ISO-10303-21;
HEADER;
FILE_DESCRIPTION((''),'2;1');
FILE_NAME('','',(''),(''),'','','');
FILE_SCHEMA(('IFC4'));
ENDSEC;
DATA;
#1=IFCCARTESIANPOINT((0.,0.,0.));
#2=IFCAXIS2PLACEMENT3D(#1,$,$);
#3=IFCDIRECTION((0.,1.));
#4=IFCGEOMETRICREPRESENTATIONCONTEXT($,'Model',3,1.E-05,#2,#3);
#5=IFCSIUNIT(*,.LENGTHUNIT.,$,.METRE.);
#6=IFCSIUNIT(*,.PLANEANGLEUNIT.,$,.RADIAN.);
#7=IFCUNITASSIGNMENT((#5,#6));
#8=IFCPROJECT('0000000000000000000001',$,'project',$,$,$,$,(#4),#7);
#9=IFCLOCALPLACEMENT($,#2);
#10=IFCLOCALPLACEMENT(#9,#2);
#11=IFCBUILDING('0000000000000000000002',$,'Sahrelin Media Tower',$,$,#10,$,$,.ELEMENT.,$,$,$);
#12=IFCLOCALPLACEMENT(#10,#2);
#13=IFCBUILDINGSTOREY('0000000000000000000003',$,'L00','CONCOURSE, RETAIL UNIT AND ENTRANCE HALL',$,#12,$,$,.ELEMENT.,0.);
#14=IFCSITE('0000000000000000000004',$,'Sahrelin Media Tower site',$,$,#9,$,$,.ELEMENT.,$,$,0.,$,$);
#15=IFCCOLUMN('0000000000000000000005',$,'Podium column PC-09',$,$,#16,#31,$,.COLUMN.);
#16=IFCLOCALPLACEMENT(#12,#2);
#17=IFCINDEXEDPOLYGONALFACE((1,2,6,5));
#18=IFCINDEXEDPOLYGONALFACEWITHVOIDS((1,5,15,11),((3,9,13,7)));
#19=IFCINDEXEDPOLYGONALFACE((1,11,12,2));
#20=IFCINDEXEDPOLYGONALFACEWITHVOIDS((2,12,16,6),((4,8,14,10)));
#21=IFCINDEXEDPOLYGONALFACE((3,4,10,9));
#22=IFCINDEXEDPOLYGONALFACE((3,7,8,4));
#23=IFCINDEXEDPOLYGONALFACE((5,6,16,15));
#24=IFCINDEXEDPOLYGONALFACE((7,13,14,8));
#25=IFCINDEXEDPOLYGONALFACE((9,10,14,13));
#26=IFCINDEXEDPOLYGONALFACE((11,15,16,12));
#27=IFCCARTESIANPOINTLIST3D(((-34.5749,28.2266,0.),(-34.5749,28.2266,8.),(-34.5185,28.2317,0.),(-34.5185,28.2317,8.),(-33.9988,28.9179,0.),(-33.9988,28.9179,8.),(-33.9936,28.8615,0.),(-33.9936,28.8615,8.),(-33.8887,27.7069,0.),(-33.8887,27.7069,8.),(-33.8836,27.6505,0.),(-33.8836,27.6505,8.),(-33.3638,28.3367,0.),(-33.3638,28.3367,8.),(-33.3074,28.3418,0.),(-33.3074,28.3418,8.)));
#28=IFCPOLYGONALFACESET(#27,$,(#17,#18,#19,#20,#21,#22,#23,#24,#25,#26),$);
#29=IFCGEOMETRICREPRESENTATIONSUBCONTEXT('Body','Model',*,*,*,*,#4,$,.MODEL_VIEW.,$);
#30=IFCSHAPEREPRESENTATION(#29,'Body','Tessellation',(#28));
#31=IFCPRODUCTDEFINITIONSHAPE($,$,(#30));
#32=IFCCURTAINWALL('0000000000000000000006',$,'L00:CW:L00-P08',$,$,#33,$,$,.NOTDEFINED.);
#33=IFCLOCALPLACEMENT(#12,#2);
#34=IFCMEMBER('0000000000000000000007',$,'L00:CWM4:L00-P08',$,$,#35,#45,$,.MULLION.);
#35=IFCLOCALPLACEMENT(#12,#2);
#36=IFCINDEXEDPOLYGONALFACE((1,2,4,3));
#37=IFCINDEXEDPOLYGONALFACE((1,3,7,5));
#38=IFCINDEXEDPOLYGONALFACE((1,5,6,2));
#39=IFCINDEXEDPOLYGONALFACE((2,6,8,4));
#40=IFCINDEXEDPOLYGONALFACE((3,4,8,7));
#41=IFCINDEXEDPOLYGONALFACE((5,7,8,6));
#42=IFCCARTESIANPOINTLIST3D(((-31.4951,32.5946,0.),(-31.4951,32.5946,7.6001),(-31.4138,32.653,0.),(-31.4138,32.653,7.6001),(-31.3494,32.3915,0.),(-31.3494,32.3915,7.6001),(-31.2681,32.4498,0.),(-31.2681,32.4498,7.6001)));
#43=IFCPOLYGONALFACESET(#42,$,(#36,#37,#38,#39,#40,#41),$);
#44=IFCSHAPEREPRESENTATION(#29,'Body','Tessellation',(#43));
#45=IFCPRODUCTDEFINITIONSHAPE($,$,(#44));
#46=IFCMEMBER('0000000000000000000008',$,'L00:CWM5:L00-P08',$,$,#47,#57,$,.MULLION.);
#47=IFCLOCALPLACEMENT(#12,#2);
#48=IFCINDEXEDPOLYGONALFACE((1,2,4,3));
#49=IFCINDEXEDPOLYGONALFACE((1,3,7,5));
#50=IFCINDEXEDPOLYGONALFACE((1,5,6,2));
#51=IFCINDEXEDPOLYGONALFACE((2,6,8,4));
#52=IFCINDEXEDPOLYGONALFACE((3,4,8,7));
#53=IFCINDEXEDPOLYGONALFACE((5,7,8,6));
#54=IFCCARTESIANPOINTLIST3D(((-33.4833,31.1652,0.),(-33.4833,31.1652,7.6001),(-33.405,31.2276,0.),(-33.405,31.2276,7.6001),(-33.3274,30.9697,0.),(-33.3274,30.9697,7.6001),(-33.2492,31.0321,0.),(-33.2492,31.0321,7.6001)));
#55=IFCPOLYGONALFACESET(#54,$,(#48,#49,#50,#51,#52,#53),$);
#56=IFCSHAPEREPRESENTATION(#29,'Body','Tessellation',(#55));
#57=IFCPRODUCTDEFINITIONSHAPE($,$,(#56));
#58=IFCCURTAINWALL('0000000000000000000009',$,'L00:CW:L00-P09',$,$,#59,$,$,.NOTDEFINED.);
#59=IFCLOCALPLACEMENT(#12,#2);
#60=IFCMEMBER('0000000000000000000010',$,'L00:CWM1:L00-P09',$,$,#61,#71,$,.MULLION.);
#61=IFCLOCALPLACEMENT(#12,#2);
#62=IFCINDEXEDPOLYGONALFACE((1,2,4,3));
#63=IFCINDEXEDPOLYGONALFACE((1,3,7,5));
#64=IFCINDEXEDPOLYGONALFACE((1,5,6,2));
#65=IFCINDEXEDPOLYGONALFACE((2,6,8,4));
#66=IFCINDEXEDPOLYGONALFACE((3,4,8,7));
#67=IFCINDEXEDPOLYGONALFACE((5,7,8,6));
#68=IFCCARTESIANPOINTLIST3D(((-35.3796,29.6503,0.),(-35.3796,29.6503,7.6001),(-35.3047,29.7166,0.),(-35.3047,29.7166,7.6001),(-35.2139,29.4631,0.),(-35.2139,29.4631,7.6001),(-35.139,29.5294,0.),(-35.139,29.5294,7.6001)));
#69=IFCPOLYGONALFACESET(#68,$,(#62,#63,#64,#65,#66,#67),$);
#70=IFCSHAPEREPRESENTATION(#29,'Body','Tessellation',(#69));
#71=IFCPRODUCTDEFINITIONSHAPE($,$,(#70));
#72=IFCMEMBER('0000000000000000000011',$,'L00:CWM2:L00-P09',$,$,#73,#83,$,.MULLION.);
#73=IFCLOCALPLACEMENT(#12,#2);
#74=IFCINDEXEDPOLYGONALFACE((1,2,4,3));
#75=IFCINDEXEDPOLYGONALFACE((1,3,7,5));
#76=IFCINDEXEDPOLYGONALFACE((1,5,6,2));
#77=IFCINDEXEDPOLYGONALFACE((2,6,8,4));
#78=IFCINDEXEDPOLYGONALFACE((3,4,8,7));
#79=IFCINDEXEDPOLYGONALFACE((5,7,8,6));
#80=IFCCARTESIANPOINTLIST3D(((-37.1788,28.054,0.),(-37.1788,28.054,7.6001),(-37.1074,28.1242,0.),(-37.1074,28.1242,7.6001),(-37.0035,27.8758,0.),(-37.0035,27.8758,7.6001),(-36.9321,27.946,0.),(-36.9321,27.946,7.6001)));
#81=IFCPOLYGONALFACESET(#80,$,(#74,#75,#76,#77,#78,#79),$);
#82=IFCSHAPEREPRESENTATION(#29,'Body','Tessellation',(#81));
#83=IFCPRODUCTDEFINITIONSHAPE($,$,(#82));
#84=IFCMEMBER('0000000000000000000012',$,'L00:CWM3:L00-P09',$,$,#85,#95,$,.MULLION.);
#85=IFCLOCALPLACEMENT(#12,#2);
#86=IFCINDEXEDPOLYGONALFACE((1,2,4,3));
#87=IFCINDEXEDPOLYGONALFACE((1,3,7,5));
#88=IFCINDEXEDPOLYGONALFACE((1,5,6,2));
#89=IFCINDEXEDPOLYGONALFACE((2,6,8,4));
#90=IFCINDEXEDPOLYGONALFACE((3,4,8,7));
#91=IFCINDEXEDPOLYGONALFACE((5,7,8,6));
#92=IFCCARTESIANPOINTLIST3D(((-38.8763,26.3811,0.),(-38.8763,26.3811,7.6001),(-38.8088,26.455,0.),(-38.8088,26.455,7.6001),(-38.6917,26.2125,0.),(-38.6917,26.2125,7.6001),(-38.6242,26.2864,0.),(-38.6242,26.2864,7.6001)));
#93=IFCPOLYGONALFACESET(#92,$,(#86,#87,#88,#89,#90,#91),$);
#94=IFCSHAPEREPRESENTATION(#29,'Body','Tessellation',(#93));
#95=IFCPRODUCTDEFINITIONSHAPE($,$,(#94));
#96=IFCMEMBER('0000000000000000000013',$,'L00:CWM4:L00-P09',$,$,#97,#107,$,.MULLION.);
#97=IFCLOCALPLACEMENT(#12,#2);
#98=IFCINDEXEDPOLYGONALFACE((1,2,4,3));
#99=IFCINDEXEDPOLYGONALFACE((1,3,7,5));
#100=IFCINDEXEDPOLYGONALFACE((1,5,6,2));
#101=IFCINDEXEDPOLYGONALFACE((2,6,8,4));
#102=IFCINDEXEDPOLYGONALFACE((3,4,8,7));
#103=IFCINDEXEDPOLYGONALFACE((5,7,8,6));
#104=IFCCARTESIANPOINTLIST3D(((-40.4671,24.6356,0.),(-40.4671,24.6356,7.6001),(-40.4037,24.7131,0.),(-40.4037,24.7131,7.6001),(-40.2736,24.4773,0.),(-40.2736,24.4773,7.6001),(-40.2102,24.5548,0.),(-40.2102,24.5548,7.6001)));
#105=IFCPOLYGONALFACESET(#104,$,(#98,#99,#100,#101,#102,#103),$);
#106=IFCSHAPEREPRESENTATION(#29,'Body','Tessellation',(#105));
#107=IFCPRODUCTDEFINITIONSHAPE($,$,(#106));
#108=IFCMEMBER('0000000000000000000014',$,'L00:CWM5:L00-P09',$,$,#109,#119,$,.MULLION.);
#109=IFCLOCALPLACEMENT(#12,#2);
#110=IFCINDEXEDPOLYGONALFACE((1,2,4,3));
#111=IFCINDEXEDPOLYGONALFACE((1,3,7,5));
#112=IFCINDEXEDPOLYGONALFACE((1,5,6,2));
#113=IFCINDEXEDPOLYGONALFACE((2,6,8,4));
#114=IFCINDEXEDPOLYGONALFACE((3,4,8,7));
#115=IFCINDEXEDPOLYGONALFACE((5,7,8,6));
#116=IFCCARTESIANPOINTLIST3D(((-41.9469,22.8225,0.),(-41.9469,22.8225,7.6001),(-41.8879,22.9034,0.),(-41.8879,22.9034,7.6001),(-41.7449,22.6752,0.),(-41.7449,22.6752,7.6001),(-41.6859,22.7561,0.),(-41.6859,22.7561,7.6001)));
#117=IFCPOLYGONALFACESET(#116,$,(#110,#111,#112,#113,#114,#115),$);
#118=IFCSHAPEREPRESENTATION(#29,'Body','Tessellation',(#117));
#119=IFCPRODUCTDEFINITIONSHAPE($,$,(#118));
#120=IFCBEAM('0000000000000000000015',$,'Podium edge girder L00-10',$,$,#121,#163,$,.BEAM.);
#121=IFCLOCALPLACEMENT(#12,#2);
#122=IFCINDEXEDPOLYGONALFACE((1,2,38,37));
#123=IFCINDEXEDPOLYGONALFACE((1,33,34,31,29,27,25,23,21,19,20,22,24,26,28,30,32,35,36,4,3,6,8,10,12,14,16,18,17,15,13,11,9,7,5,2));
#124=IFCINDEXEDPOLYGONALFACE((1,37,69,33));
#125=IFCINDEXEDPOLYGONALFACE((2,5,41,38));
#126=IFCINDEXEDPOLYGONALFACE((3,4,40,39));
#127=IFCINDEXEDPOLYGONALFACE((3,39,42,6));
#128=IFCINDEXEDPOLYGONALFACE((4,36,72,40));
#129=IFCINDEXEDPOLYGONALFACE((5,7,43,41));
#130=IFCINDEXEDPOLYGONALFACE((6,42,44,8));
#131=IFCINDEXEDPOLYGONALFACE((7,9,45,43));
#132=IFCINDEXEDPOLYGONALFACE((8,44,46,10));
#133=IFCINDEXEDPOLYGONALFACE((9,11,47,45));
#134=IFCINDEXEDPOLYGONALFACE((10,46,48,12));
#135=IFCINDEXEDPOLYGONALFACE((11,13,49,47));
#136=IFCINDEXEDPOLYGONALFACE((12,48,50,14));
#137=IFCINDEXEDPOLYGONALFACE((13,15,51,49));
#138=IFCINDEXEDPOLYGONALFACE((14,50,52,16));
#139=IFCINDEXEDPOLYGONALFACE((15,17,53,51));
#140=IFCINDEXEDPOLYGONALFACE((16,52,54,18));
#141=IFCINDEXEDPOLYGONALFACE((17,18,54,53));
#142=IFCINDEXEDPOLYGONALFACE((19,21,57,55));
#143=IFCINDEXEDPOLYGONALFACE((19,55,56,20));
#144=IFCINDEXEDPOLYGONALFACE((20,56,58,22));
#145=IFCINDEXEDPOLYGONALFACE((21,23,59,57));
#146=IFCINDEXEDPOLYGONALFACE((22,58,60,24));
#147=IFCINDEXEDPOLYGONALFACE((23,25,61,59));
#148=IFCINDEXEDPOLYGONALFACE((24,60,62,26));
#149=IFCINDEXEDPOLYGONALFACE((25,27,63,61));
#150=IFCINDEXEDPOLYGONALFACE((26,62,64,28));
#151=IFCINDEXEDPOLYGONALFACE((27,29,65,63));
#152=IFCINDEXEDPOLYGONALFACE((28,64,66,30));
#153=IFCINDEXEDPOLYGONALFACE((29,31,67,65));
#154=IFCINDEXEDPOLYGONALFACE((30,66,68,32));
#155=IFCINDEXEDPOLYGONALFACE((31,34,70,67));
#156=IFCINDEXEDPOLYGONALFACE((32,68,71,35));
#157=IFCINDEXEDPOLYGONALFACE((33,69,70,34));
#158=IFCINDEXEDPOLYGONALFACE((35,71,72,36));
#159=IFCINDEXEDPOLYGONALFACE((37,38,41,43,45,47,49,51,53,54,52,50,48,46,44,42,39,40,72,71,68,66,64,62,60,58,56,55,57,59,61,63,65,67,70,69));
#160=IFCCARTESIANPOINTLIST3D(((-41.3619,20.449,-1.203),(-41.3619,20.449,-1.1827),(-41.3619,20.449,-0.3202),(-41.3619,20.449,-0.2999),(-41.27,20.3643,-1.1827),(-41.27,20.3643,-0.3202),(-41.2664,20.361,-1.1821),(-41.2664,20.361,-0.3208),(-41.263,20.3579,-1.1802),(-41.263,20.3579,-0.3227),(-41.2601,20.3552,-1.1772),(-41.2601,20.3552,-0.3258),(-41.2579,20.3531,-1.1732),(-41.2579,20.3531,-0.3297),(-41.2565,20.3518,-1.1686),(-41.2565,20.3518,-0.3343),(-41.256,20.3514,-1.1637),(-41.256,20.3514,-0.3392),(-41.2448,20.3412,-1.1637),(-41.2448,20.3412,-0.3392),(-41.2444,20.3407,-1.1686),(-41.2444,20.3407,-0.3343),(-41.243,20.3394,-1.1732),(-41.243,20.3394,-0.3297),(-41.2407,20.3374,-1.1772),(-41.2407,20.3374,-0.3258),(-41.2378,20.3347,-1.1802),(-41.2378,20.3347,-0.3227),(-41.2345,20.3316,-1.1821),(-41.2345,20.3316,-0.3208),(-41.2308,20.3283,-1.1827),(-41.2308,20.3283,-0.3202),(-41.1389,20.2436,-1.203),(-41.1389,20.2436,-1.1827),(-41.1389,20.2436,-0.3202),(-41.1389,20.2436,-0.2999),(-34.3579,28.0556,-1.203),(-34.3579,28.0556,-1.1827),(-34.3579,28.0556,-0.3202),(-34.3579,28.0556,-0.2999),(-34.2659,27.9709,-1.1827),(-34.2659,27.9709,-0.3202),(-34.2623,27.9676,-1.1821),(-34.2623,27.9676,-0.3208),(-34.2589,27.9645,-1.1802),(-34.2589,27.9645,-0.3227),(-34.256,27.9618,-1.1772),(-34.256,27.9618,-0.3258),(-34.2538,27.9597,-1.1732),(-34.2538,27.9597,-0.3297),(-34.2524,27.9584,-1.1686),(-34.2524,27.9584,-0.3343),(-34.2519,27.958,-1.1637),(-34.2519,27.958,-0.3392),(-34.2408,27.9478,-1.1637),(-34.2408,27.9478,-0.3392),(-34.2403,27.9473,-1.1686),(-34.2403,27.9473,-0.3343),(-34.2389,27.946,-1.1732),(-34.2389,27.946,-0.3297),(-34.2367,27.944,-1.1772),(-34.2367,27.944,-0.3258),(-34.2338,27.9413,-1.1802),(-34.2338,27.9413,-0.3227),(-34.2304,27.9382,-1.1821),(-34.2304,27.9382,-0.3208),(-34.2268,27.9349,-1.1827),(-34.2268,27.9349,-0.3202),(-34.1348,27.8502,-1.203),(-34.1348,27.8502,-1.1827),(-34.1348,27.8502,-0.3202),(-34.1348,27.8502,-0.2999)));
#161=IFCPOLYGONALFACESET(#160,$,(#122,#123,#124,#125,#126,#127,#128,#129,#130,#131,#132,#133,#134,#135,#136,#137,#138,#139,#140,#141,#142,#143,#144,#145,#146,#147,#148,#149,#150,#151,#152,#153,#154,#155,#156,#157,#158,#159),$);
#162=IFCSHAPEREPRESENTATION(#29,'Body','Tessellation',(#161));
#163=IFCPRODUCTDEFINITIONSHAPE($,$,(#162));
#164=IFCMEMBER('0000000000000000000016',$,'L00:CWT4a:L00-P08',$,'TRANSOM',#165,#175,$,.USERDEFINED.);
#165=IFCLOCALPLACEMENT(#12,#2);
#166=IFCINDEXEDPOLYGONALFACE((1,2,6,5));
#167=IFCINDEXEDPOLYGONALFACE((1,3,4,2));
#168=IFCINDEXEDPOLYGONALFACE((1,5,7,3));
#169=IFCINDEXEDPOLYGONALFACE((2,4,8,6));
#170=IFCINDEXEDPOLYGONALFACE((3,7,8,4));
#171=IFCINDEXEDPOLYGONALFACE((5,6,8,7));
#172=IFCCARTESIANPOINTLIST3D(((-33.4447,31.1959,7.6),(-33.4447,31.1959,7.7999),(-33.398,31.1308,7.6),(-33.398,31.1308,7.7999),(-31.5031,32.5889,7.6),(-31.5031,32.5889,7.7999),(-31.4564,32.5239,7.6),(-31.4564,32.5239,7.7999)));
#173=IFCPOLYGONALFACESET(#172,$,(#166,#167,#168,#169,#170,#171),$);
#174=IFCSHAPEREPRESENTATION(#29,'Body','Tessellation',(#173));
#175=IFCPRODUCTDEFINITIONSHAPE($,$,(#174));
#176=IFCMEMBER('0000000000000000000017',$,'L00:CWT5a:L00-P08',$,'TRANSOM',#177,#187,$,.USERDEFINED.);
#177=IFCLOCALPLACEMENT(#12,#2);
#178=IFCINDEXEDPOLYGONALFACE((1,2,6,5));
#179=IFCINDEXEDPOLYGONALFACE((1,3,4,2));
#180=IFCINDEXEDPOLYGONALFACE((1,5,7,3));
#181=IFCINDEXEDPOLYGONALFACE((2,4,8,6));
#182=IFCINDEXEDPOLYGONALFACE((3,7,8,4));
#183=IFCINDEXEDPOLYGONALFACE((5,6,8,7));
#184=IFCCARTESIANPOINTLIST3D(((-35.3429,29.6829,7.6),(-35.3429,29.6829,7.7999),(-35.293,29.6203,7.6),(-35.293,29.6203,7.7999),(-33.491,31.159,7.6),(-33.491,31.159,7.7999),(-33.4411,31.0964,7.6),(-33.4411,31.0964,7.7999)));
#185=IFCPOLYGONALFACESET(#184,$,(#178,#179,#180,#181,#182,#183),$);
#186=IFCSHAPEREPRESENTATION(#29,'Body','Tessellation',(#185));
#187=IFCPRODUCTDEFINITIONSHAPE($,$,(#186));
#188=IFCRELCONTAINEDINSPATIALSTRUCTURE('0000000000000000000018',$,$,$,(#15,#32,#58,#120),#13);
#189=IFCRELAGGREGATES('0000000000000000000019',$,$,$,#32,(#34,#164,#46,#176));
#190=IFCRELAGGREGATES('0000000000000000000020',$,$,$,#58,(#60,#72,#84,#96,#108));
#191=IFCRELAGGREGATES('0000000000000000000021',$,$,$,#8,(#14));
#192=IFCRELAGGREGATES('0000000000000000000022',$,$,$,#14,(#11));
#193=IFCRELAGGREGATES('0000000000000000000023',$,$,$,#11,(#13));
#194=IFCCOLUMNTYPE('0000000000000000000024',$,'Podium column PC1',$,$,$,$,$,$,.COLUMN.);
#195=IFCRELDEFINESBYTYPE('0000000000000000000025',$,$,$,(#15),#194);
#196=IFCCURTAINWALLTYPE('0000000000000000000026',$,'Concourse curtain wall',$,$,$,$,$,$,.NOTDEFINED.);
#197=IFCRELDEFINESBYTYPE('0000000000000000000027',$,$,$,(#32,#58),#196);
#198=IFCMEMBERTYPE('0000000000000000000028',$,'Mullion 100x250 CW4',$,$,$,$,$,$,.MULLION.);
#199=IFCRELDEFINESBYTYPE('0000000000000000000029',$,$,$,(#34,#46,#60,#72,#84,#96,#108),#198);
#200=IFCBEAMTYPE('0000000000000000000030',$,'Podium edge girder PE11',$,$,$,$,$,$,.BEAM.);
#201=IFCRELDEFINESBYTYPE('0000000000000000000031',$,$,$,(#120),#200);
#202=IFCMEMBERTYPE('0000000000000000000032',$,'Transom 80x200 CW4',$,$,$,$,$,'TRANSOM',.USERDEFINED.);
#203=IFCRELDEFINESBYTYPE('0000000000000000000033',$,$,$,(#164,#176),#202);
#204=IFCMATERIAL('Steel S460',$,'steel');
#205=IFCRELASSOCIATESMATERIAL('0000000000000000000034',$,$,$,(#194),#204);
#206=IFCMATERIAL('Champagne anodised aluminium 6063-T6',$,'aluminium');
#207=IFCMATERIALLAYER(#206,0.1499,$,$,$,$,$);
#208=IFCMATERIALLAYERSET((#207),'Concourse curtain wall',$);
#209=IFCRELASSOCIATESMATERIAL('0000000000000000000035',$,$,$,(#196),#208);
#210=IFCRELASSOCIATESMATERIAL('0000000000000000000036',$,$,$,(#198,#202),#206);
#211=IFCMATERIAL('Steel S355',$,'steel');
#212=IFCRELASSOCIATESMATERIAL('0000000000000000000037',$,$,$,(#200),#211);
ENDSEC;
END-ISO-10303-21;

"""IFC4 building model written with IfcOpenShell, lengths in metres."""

from ifc_helpers import new_model, si_unit, direction, frame, origin, origin_2d, place, context, subcontext, project, spatial, rectangle, hollow_rectangle, i_section, extrude, material, layer, layer_set, material_profile, profile_set, type_object, element, aggregate, save


model = new_model("IFC4")

# Units and contexts
model_context = context("Model", 3, precision=1e-05, world=origin(), true_north=direction((0.0, 1.0)))
body_context = subcontext(model_context, "Body", "Model", "MODEL_VIEW")
ifc_project = project(units=[si_unit("LENGTHUNIT", "METRE"), si_unit("PLANEANGLEUNIT", "RADIAN")], contexts=[model_context])

# Site, building, storey
site_placement = place(None, origin())
site = spatial("IfcSite", under=ifc_project, at=site_placement, Name="Sahrelin Media Tower site", CompositionType="ELEMENT", RefElevation=0.0)
building_placement = place(site_placement, origin())
building = spatial("IfcBuilding", under=site, at=building_placement, Name="Sahrelin Media Tower", CompositionType="ELEMENT")
storey_placement = place(building_placement, origin())
storey = spatial("IfcBuildingStorey", under=building, at=storey_placement, Name="L00", Description="CONCOURSE, RETAIL UNIT AND ENTRANCE HALL", CompositionType="ELEMENT", Elevation=0.0)

# Column
ifc_material_1 = material(Name="Steel S460", Category="steel")
ifc_material_profile_1 = material_profile(ifc_material_1, hollow_rectangle(XDim=0.8999, YDim=0.8999, WallThickness=0.04, at=origin_2d()), Name="Podium column PC1")
ifc_profile_set_1 = profile_set([ifc_material_profile_1], Name="Steel S460")
column_type = type_object("IfcColumnType", Name="Podium column PC1", PredefinedType="COLUMN", material=ifc_profile_set_1)
column_placement = place(storey_placement, frame((-33.9412, 28.2842, 0.0), z_axis=(0.0, 0.0, 1.0), x_axis=(-0.768221, 0.640185, 0.0)))
element("IfcColumn", 1, at=column_placement, inside=storey, type_object=column_type, Name="Podium column PC-09", PredefinedType="COLUMN", context=body_context, shape_type="SweptSolid", body=[
    extrude(hollow_rectangle(XDim=0.8999, YDim=0.8999, WallThickness=0.04, at=origin_2d()), origin(), (0.0, 0.0, 1.0), 8.0),
])

# Curtain walls, members
ifc_material_2 = material(Name="Champagne anodised aluminium 6063-T6", Category="aluminium")
ifc_layer_1 = layer(ifc_material_2, 0.1499)
ifc_layer_set_1 = layer_set([ifc_layer_1], Name="Concourse curtain wall")
curtain_wall_type = type_object("IfcCurtainWallType", Name="Concourse curtain wall", PredefinedType="NOTDEFINED", material=ifc_layer_set_1)
curtain_wall_1_placement = place(storey_placement, frame((-25.0, 36.373, 0.0), z_axis=(0.0, 0.0, 1.0), x_axis=(1.0, 0.0, 0.0)))
curtain_wall_1 = element("IfcCurtainWall", 2, at=curtain_wall_1_placement, inside=storey, type_object=curtain_wall_type, Name="L00:CW:L00-P08", PredefinedType="NOTDEFINED")
ifc_material_profile_2 = material_profile(ifc_material_2, rectangle(XDim=0.1001, YDim=0.25, at=origin_2d()), Name="Mullion 100x250")
ifc_profile_set_2 = profile_set([ifc_material_profile_2], Name="Champagne anodised aluminium 6063-T6")
member_type_1 = type_object("IfcMemberType", Name="Mullion 100x250 CW4", PredefinedType="MULLION", material=ifc_profile_set_2)
member_1_placement = place(storey_placement, frame((-31.3816, 32.5222, 0.0), z_axis=(0.0, 0.0, 1.0), x_axis=(-0.812532, -0.582916, 0.0)))
member_1 = element("IfcMember", 3, at=member_1_placement, type_object=member_type_1, Name="L00:CWM4:L00-P08", PredefinedType="MULLION", context=body_context, shape_type="SweptSolid", body=[
    extrude(rectangle(XDim=0.1001, YDim=0.25, at=origin_2d()), origin(), (0.0, 0.0, 1.0), 7.6001),
])
member_2_placement = place(storey_placement, frame((-33.3662, 31.0986, 0.0), z_axis=(0.0, 0.0, 1.0), x_axis=(-0.78196, -0.623328, 0.0)))
member_2 = element("IfcMember", 4, at=member_2_placement, type_object=member_type_1, Name="L00:CWM5:L00-P08", PredefinedType="MULLION", context=body_context, shape_type="SweptSolid", body=[
    extrude(rectangle(XDim=0.1001, YDim=0.25, at=origin_2d()), origin(), (0.0, 0.0, 1.0), 7.6001),
])
curtain_wall_2_placement = place(storey_placement, frame((-35.3552, 29.6985, 0.0), z_axis=(0.0, 0.0, 1.0), x_axis=(1.0, 0.0, 0.0)))
curtain_wall_2 = element("IfcCurtainWall", 5, at=curtain_wall_2_placement, inside=storey, type_object=curtain_wall_type, Name="L00:CW:L00-P09", PredefinedType="NOTDEFINED")
member_3_placement = place(storey_placement, frame((-35.2593, 29.5898, 0.0), z_axis=(0.0, 0.0, 1.0), x_axis=(-0.748788, -0.66281, 0.0)))
member_3 = element("IfcMember", 6, at=member_3_placement, type_object=member_type_1, Name="L00:CWM1:L00-P09", PredefinedType="MULLION", context=body_context, shape_type="SweptSolid", body=[
    extrude(rectangle(XDim=0.1001, YDim=0.25, at=origin_2d()), origin(), (0.0, 0.0, 1.0), 7.6001),
])
member_4_placement = place(storey_placement, frame((-37.0554, 28.0, 0.0), z_axis=(0.0, 0.0, 1.0), x_axis=(-0.712974, -0.701191, 0.0)))
member_4 = element("IfcMember", 7, at=member_4_placement, type_object=member_type_1, Name="L00:CWM2:L00-P09", PredefinedType="MULLION", context=body_context, shape_type="SweptSolid", body=[
    extrude(rectangle(XDim=0.1001, YDim=0.25, at=origin_2d()), origin(), (0.0, 0.0, 1.0), 7.6001),
])
member_5_placement = place(storey_placement, frame((-38.7502, 26.3337, 0.0), z_axis=(0.0, 0.0, 1.0), x_axis=(-0.67443, -0.738339, 0.0)))
member_5 = element("IfcMember", 8, at=member_5_placement, type_object=member_type_1, Name="L00:CWM3:L00-P09", PredefinedType="MULLION", context=body_context, shape_type="SweptSolid", body=[
    extrude(rectangle(XDim=0.1001, YDim=0.25, at=origin_2d()), origin(), (0.0, 0.0, 1.0), 7.6001),
])
member_6_placement = place(storey_placement, frame((-40.3386, 24.5952, 0.0), z_axis=(0.0, 0.0, 1.0), x_axis=(-0.633235, -0.77396, 0.0)))
member_6 = element("IfcMember", 9, at=member_6_placement, type_object=member_type_1, Name="L00:CWM4:L00-P09", PredefinedType="MULLION", context=body_context, shape_type="SweptSolid", body=[
    extrude(rectangle(XDim=0.1001, YDim=0.25, at=origin_2d()), origin(), (0.0, 0.0, 1.0), 7.6001),
])
member_7_placement = place(storey_placement, frame((-41.8164, 22.7893, 0.0), z_axis=(0.0, 0.0, 1.0), x_axis=(-0.589385, -0.807852, 0.0)))
member_7 = element("IfcMember", 10, at=member_7_placement, type_object=member_type_1, Name="L00:CWM5:L00-P09", PredefinedType="MULLION", context=body_context, shape_type="SweptSolid", body=[
    extrude(rectangle(XDim=0.1001, YDim=0.25, at=origin_2d()), origin(), (0.0, 0.0, 1.0), 7.6001),
])

# Beam
ifc_material_3 = material(Name="Steel S355", Category="steel")
ifc_material_profile_3 = material_profile(ifc_material_3, i_section(OverallWidth=0.3032, OverallDepth=0.9031, WebThickness=0.0151, FlangeThickness=0.0203, FilletRadius=0.019, at=origin_2d()), Name="UB 914x305x201")
ifc_profile_set_3 = profile_set([ifc_material_profile_3], Name="Steel S355")
beam_type = type_object("IfcBeamType", Name="Podium edge girder PE11", PredefinedType="BEAM", material=ifc_profile_set_3)
beam_placement = place(storey_placement, frame((-34.2463, 27.9529, -0.7515), z_axis=(-0.677371, -0.735642, 0.0), x_axis=(0.735642, -0.677371, 0.0)))
element("IfcBeam", 11, at=beam_placement, inside=storey, type_object=beam_type, Name="Podium edge girder L00-10", PredefinedType="BEAM", context=body_context, shape_type="SweptSolid", body=[
    extrude(i_section(OverallWidth=0.3032, OverallDepth=0.9031, WebThickness=0.0151, FlangeThickness=0.0203, FilletRadius=0.019, at=origin_2d()), origin(), (0.0, 0.0, 1.0), 10.3401),
])

# Members
ifc_material_profile_4 = material_profile(ifc_material_2, rectangle(XDim=0.0801, YDim=0.2, at=origin_2d()), Name="Transom 80x200")
ifc_profile_set_4 = profile_set([ifc_material_profile_4], Name="Champagne anodised aluminium 6063-T6")
member_type_2 = type_object("IfcMemberType", Name="Transom 80x200 CW4", ElementType="TRANSOM", PredefinedType="USERDEFINED", material=ifc_profile_set_4)
member_8_placement = place(storey_placement, frame((-31.4797, 32.5564, 7.7), z_axis=(-0.81251, -0.582947, 0.0), x_axis=(0.582947, -0.81251, 0.0)))
member_8 = element("IfcMember", 12, at=member_8_placement, type_object=member_type_2, Name="L00:CWT4a:L00-P08", ObjectType="TRANSOM", PredefinedType="USERDEFINED", context=body_context, shape_type="SweptSolid", body=[
    extrude(rectangle(XDim=0.0801, YDim=0.2, at=origin_2d()), origin(), (0.0, 0.0, 1.0), 2.3896),
])
member_9_placement = place(storey_placement, frame((-33.4661, 31.1277, 7.7), z_axis=(-0.781974, -0.623311, 0.0), x_axis=(0.623311, -0.781974, 0.0)))
member_9 = element("IfcMember", 13, at=member_9_placement, type_object=member_type_2, Name="L00:CWT5a:L00-P08", ObjectType="TRANSOM", PredefinedType="USERDEFINED", context=body_context, shape_type="SweptSolid", body=[
    extrude(rectangle(XDim=0.0801, YDim=0.2, at=origin_2d()), origin(), (0.0, 0.0, 1.0), 2.3682),
])

aggregate(curtain_wall_1, [member_1, member_8, member_2, member_9])
aggregate(curtain_wall_2, [member_3, member_4, member_5, member_6, member_7])

save(model, "model.ifc")
